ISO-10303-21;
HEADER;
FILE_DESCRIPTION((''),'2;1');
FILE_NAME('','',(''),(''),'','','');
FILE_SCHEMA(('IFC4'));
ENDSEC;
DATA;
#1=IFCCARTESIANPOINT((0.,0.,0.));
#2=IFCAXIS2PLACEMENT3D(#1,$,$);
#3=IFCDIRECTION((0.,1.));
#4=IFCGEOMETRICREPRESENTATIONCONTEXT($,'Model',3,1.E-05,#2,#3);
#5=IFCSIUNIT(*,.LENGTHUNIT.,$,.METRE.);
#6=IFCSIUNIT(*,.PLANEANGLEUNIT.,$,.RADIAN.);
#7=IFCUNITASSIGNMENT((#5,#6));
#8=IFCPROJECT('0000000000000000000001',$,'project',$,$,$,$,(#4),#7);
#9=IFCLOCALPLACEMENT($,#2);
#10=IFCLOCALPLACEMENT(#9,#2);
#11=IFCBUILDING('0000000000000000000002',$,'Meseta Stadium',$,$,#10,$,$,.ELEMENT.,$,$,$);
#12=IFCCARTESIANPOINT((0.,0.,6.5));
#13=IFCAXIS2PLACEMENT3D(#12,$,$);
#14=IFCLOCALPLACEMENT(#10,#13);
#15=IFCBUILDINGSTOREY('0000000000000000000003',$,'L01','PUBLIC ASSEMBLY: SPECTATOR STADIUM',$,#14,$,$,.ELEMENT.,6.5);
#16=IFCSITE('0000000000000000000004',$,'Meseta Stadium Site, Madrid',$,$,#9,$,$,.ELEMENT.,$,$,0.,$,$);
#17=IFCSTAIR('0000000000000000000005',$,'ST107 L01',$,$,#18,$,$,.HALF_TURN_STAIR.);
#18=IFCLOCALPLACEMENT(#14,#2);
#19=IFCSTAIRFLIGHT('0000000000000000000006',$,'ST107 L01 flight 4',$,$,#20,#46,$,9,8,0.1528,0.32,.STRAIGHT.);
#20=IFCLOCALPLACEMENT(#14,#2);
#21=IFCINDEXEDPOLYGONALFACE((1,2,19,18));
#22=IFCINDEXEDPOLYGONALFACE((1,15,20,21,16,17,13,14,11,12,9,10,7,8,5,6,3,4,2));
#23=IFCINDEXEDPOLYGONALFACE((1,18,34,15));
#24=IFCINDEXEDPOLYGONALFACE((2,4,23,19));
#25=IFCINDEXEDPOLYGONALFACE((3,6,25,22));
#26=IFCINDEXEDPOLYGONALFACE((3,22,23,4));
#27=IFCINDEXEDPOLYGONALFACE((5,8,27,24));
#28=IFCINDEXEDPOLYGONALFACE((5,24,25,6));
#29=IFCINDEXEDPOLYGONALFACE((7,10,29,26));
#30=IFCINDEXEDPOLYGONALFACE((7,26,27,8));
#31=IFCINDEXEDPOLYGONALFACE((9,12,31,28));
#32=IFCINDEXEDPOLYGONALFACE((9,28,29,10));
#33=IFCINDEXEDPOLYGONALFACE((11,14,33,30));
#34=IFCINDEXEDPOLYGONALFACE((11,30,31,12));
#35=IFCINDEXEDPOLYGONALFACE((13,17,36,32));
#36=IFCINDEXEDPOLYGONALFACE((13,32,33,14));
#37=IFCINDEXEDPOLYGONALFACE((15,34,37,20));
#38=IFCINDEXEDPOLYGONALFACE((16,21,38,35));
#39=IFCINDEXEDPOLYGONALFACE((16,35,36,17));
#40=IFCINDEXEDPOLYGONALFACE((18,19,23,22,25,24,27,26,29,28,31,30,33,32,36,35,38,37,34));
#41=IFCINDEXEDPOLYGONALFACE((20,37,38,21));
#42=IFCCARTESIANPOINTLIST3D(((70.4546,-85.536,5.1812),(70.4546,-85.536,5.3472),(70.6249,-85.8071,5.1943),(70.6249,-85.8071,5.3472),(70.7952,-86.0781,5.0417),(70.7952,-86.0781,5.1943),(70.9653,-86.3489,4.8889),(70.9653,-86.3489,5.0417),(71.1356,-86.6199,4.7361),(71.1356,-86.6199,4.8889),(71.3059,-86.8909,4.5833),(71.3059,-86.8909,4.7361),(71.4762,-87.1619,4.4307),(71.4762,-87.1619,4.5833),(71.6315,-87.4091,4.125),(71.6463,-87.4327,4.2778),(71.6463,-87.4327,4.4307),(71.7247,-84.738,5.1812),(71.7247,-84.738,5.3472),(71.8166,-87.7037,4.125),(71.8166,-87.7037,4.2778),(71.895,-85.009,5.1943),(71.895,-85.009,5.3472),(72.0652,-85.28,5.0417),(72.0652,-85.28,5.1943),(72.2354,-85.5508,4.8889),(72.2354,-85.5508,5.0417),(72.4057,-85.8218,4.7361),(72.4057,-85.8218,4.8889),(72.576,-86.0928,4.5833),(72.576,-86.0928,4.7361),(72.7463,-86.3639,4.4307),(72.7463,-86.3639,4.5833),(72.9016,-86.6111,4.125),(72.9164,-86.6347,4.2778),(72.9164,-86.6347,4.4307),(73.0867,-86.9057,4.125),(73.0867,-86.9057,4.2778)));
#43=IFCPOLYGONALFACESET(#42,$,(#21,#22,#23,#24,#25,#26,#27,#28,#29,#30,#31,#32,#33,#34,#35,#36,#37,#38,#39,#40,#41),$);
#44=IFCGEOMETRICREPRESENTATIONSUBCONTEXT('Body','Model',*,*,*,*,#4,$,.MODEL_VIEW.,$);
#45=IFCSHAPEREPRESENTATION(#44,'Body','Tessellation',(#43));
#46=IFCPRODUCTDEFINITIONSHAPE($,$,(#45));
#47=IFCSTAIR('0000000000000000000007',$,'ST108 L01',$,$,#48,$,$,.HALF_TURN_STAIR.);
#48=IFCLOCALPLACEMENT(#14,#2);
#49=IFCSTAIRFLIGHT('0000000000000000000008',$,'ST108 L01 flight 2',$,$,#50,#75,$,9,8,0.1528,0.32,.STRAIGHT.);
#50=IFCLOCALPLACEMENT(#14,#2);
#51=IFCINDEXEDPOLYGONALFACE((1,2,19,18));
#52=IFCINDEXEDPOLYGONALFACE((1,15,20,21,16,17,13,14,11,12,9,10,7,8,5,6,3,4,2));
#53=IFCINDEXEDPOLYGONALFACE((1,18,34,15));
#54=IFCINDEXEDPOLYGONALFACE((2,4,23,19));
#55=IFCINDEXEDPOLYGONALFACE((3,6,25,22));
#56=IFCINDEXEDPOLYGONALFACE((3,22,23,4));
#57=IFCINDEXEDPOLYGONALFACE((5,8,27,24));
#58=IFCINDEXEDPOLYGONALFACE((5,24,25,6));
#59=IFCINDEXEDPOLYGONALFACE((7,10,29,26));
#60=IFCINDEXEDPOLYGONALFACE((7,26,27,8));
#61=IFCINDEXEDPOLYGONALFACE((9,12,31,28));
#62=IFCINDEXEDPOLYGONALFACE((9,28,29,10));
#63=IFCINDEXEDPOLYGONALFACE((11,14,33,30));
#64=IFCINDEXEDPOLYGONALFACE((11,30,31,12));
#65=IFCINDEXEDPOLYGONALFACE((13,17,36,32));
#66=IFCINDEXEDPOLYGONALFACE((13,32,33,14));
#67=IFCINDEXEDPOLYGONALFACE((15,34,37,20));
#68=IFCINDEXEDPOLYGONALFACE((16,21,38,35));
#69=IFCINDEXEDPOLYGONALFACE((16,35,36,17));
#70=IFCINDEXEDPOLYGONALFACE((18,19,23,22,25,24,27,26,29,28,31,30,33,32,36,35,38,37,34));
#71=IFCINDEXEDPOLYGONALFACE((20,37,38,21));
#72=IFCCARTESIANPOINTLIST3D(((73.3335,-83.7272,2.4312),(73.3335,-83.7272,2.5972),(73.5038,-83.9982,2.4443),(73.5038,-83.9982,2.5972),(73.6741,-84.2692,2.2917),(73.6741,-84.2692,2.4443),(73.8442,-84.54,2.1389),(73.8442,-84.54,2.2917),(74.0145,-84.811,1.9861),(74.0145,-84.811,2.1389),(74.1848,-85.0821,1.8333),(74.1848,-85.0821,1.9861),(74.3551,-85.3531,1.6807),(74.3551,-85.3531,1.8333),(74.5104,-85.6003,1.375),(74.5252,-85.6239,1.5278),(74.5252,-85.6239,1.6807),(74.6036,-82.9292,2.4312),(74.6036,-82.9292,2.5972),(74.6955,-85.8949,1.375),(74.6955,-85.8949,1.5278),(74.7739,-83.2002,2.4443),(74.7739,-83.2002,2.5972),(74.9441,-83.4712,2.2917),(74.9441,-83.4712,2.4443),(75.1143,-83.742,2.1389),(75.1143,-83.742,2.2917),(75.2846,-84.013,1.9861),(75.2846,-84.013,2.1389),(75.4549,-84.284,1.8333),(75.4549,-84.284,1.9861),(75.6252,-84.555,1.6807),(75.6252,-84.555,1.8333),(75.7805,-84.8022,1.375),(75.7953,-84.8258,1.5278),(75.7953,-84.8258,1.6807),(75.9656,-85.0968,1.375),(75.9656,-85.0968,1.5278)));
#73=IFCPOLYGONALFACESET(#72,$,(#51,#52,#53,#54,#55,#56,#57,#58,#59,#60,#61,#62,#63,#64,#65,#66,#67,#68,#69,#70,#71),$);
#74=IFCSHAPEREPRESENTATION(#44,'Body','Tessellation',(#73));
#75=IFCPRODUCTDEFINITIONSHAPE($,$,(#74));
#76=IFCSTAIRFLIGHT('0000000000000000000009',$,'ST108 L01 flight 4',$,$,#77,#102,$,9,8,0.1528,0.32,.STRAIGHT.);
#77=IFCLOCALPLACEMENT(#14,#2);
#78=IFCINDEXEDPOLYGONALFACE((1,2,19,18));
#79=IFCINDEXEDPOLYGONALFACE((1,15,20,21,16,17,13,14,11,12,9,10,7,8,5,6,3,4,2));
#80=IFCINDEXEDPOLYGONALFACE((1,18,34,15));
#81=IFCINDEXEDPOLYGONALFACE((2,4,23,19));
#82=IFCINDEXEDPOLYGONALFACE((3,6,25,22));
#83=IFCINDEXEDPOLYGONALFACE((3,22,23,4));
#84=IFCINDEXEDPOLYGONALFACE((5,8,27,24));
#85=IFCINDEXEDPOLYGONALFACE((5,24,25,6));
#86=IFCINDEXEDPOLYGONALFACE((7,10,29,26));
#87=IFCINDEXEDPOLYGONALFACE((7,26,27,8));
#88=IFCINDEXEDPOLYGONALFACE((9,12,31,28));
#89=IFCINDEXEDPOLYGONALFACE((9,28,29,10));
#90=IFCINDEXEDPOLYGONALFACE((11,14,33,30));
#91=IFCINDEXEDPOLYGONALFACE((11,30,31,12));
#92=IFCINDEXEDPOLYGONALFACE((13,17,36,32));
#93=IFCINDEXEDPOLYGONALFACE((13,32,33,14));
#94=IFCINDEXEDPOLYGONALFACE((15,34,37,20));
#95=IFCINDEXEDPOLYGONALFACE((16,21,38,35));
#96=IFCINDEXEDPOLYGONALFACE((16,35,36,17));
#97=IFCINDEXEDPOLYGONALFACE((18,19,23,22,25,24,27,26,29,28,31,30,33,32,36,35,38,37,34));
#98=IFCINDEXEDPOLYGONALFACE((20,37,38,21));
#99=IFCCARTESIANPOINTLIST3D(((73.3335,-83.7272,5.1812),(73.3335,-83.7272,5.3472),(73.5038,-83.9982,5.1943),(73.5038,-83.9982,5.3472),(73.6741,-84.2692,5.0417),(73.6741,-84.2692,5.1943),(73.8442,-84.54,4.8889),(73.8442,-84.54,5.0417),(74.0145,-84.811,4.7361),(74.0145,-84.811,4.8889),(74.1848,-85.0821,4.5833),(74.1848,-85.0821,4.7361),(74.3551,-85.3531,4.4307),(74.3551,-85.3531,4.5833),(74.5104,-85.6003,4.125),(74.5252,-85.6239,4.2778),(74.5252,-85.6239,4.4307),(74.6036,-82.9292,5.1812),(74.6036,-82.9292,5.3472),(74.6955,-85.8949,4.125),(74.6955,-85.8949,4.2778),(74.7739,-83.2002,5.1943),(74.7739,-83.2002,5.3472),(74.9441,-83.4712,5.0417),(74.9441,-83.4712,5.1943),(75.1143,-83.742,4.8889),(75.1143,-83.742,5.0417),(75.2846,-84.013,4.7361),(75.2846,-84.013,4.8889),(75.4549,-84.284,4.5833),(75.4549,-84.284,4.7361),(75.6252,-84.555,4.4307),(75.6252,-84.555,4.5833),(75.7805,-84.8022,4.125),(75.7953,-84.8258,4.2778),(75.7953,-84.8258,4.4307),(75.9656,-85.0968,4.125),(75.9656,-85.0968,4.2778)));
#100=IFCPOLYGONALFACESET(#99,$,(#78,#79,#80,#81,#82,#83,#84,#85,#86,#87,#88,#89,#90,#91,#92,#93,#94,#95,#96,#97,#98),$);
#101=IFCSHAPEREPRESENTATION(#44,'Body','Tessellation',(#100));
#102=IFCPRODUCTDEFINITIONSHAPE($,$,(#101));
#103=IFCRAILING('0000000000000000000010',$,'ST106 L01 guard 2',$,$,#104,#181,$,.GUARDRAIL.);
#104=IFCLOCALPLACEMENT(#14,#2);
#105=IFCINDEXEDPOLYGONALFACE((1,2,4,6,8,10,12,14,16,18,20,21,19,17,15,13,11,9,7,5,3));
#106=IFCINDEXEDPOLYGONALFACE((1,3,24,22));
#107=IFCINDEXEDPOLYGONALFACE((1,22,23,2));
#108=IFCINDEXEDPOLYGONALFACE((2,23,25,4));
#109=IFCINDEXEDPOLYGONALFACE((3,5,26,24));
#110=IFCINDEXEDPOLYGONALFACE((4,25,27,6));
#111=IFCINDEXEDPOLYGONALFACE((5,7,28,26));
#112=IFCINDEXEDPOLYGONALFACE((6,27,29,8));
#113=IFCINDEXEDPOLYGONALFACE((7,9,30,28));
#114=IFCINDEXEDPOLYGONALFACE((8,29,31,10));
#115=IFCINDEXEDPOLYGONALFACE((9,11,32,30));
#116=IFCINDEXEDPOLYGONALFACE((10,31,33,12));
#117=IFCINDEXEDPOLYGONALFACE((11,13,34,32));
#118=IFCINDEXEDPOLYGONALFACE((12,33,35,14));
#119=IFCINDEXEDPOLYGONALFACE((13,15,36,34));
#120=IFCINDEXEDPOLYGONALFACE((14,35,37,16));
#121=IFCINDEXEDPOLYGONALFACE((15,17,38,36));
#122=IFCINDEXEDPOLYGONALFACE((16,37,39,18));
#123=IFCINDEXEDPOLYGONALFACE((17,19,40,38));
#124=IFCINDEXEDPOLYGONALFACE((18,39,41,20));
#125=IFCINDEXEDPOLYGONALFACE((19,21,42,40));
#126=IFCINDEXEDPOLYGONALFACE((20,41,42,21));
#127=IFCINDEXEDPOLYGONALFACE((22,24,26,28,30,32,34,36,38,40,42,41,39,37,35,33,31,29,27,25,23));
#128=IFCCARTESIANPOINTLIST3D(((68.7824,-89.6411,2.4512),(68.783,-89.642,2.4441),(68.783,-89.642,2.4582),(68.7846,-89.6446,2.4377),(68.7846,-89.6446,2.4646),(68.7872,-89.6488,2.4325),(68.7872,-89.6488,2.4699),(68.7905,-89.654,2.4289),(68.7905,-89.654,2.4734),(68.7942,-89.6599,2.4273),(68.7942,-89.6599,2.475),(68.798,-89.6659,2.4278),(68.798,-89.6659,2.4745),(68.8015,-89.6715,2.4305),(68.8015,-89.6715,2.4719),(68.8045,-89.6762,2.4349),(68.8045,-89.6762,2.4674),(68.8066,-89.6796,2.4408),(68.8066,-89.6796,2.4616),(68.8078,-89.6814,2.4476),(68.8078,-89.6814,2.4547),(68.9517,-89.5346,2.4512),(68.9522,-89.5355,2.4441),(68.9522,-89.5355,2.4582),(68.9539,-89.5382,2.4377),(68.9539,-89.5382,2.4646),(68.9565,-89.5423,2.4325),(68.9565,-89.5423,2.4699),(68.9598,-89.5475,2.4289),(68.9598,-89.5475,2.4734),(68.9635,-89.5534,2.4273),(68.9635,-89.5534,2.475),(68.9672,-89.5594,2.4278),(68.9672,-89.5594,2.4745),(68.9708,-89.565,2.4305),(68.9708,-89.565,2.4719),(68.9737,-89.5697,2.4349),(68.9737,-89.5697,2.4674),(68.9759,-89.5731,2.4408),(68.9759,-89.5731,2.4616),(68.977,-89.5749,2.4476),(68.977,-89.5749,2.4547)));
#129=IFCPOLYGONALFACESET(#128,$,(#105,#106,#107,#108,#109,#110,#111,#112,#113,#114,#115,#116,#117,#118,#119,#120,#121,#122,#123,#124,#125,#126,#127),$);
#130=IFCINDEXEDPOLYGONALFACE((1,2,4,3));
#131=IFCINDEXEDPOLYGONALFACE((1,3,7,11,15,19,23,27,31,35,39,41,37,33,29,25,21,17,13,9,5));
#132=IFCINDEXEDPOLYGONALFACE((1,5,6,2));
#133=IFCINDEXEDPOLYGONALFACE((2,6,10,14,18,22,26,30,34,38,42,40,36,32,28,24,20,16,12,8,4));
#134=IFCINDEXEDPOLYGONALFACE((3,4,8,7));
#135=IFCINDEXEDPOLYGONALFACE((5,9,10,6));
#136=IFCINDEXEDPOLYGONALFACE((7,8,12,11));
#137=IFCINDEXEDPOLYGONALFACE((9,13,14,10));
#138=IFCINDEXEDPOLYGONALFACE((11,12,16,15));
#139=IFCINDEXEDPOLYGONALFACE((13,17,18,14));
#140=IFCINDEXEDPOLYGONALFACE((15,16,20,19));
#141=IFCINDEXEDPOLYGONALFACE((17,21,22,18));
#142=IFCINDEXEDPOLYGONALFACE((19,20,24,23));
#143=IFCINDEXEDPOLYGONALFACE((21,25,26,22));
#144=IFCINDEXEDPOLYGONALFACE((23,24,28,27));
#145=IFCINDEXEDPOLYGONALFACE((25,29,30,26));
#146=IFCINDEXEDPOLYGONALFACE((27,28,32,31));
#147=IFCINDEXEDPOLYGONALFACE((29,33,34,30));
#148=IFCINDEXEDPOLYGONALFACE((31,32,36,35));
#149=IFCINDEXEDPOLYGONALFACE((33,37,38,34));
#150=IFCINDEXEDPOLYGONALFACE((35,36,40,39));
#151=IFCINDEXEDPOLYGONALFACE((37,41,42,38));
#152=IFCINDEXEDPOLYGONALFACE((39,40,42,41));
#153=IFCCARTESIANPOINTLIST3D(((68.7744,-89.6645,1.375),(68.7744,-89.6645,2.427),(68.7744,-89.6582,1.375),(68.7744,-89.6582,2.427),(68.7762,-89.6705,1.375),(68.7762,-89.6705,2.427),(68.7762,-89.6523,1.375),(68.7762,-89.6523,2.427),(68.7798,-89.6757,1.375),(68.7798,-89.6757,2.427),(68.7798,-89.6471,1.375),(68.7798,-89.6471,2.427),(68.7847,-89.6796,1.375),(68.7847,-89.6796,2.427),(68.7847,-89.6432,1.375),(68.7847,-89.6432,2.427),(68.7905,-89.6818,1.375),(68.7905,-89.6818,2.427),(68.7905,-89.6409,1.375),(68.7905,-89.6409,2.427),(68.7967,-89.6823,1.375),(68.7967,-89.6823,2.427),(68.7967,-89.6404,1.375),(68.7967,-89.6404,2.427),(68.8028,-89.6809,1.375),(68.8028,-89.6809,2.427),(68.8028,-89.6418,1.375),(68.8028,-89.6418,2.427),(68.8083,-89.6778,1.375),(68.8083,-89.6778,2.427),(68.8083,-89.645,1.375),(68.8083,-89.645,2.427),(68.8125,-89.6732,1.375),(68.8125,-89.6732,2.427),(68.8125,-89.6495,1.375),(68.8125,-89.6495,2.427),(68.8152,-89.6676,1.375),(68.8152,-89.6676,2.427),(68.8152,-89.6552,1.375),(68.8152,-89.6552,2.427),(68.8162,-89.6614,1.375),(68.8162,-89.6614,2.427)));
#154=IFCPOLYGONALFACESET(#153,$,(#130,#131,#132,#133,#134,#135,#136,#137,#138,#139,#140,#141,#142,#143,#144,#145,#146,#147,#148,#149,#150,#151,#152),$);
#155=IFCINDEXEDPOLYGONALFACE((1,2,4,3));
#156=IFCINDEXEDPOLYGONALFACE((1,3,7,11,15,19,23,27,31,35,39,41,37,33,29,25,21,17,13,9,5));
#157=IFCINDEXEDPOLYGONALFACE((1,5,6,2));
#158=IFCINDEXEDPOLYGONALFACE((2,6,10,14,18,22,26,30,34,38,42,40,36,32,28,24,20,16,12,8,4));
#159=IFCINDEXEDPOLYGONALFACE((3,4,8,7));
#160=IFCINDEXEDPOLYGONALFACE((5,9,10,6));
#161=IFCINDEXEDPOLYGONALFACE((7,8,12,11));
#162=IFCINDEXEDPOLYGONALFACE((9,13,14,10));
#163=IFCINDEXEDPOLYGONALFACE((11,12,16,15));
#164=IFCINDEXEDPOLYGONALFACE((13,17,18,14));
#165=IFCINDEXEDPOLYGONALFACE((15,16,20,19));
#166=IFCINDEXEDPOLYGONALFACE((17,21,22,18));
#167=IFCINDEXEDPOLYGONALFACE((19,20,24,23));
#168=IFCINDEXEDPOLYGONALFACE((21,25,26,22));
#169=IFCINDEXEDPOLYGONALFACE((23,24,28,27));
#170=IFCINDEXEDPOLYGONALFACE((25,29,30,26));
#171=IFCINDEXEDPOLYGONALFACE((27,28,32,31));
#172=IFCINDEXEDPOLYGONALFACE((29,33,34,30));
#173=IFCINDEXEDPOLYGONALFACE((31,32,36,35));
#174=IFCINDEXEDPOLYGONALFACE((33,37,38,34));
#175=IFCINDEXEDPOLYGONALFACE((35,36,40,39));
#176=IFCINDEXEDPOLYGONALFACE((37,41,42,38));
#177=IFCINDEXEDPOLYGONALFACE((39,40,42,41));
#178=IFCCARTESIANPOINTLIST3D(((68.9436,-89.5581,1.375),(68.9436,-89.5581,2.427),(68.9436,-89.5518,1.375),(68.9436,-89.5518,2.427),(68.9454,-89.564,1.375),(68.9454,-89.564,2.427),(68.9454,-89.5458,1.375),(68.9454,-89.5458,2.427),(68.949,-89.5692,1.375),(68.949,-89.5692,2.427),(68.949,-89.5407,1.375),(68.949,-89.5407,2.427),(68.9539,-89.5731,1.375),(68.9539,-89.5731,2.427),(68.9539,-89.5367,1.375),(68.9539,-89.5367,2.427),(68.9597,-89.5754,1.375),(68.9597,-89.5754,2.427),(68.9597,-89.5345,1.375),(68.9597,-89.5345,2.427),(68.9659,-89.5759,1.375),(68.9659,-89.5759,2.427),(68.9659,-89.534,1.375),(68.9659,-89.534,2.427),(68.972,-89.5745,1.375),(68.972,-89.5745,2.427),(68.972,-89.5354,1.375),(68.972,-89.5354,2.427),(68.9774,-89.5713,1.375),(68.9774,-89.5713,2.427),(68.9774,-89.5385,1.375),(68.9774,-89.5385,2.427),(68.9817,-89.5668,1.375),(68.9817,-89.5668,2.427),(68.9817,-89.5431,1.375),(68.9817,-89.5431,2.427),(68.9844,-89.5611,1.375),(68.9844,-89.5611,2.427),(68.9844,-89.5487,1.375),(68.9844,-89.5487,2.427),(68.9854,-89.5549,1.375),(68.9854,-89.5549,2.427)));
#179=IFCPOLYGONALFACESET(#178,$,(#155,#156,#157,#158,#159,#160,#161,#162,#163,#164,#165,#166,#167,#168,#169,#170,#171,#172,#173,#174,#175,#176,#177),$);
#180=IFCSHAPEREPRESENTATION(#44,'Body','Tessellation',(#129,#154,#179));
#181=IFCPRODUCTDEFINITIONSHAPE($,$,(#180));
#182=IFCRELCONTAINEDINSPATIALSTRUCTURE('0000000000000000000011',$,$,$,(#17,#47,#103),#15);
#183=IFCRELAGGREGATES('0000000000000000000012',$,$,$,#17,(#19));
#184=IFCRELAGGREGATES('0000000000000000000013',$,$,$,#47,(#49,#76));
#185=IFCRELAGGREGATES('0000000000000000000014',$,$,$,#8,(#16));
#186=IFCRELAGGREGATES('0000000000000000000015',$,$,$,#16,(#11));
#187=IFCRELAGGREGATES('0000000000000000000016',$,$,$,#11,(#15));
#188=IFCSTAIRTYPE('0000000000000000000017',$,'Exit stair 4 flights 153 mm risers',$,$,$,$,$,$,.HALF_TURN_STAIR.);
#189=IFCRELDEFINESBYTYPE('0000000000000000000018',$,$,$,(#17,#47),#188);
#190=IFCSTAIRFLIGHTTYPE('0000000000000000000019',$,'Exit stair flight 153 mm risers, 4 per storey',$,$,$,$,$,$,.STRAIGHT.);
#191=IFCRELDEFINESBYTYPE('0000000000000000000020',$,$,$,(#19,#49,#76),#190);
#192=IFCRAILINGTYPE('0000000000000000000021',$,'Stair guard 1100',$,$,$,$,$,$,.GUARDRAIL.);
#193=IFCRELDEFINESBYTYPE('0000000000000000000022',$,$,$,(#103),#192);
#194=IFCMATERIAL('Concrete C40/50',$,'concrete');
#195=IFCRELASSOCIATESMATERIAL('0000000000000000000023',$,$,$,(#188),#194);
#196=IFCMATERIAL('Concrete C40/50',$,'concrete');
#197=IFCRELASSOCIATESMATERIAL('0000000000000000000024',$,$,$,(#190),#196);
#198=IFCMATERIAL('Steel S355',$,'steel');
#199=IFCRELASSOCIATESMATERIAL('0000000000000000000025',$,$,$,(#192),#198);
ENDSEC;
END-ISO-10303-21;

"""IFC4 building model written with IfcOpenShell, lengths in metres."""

from ifc_helpers import new_model, si_unit, direction, frame, origin, origin_2d, place, context, subcontext, project, spatial, polyline, circle, outline, extrude, material, type_object, element, aggregate, save


model = new_model("IFC4")

# Units and contexts
model_context = context("Model", 3, precision=1e-05, world=origin(), true_north=direction((0.0, 1.0)))
body_context = subcontext(model_context, "Body", "Model", "MODEL_VIEW")
ifc_project = project(units=[si_unit("LENGTHUNIT", "METRE"), si_unit("PLANEANGLEUNIT", "RADIAN")], contexts=[model_context])

# Site, building, storey
site_placement = place(None, origin())
site = spatial("IfcSite", under=ifc_project, at=site_placement, Name="Meseta Stadium Site, Madrid", CompositionType="ELEMENT", RefElevation=0.0)
building_placement = place(site_placement, origin())
building = spatial("IfcBuilding", under=site, at=building_placement, Name="Meseta Stadium", CompositionType="ELEMENT")
storey_placement = place(building_placement, frame((0.0, 0.0, 6.5)))
storey = spatial("IfcBuildingStorey", under=building, at=storey_placement, Name="L01", Description="PUBLIC ASSEMBLY: SPECTATOR STADIUM", CompositionType="ELEMENT", Elevation=6.5)

# Stairs, stair flights
ifc_material_1 = material(Name="Concrete C40/50", Category="concrete")
stair_type = type_object("IfcStairType", Name="Exit stair 4 flights 153 mm risers", PredefinedType="HALF_TURN_STAIR", material=ifc_material_1)
ifc_material_2 = material(Name="Concrete C40/50", Category="concrete")
stair_flight_type = type_object("IfcStairFlightType", Name="Exit stair flight 153 mm risers, 4 per storey", PredefinedType="STRAIGHT", material=ifc_material_2)
stair_1_placement = place(storey_placement, origin())
stair_1 = element("IfcStair", 1, at=stair_1_placement, inside=storey, type_object=stair_type, Name="ST107 L01", PredefinedType="HALF_TURN_STAIR")
stair_flight_1_placement = place(storey_placement, frame((72.4517, -87.3047, 4.125), z_axis=(0.0, 0.0, 1.0), x_axis=(-0.532032, 0.846724, 0.0)))
stair_flight_1 = element("IfcStairFlight", 2, at=stair_flight_1_placement, type_object=stair_flight_type, Name="ST107 L01 flight 4", NumberOfRisers=9, NumberOfTreads=8, PredefinedType="STRAIGHT", RiserHeight=0.1528, TreadLength=0.32, context=body_context, shape_type="SweptSolid", body=[
    extrude(outline(polyline([(0.0, 0.0), (0.0, 0.1528), (0.3201, 0.1528), (0.3201, 0.3057), (0.6399, 0.3057), (0.6399, 0.4583), (0.96, 0.4583), (0.96, 0.6111), (1.28, 0.6111), (1.28, 0.7639), (1.6001, 0.7639), (1.6001, 0.9167), (1.9199, 0.9167), (1.9199, 1.0693), (2.24, 1.0693), (2.24, 1.2222), (2.5601, 1.2222), (2.5601, 1.0562), (0.3479, 0.0), (0.0, 0.0)])), frame((0.0, 0.75, 0.0), z_axis=(0.0, -1.0, 0.0), x_axis=(1.0, 0.0, 0.0)), (0.0, 0.0, 1.0), 1.5),
])
aggregate(stair_1, [stair_flight_1])
stair_2_placement = place(storey_placement, origin())
stair_2 = element("IfcStair", 3, at=stair_2_placement, inside=storey, type_object=stair_type, Name="ST108 L01", PredefinedType="HALF_TURN_STAIR")
stair_flight_2_placement = place(storey_placement, frame((75.3306, -85.4958, 1.375), z_axis=(0.0, 0.0, 1.0), x_axis=(-0.532032, 0.846724, 0.0)))
stair_flight_2 = element("IfcStairFlight", 4, at=stair_flight_2_placement, type_object=stair_flight_type, Name="ST108 L01 flight 2", NumberOfRisers=9, NumberOfTreads=8, PredefinedType="STRAIGHT", RiserHeight=0.1528, TreadLength=0.32, context=body_context, shape_type="SweptSolid", body=[
    extrude(outline(polyline([(0.0, 0.0), (0.0, 0.1528), (0.3201, 0.1528), (0.3201, 0.3057), (0.6399, 0.3057), (0.6399, 0.4583), (0.96, 0.4583), (0.96, 0.6111), (1.28, 0.6111), (1.28, 0.7639), (1.6001, 0.7639), (1.6001, 0.9167), (1.9199, 0.9167), (1.9199, 1.0693), (2.24, 1.0693), (2.24, 1.2222), (2.5601, 1.2222), (2.5601, 1.0562), (0.3479, 0.0), (0.0, 0.0)])), frame((0.0, 0.75, 0.0), z_axis=(0.0, -1.0, 0.0), x_axis=(1.0, 0.0, 0.0)), (0.0, 0.0, 1.0), 1.5),
])
stair_flight_3_placement = place(storey_placement, frame((75.3306, -85.4958, 4.125), z_axis=(0.0, 0.0, 1.0), x_axis=(-0.532032, 0.846724, 0.0)))
stair_flight_3 = element("IfcStairFlight", 5, at=stair_flight_3_placement, type_object=stair_flight_type, Name="ST108 L01 flight 4", NumberOfRisers=9, NumberOfTreads=8, PredefinedType="STRAIGHT", RiserHeight=0.1528, TreadLength=0.32, context=body_context, shape_type="SweptSolid", body=[
    extrude(outline(polyline([(0.0, 0.0), (0.0, 0.1528), (0.3201, 0.1528), (0.3201, 0.3057), (0.6399, 0.3057), (0.6399, 0.4583), (0.96, 0.4583), (0.96, 0.6111), (1.28, 0.6111), (1.28, 0.7639), (1.6001, 0.7639), (1.6001, 0.9167), (1.9199, 0.9167), (1.9199, 1.0693), (2.24, 1.0693), (2.24, 1.2222), (2.5601, 1.2222), (2.5601, 1.0562), (0.3479, 0.0), (0.0, 0.0)])), frame((0.0, 0.75, 0.0), z_axis=(0.0, -1.0, 0.0), x_axis=(1.0, 0.0, 0.0)), (0.0, 0.0, 1.0), 1.5),
])
aggregate(stair_2, [stair_flight_2, stair_flight_3])

# Railing
ifc_material_3 = material(Name="Steel S355", Category="steel")
railing_type_1 = type_object("IfcRailingType", Name="Stair guard 1100", PredefinedType="GUARDRAIL", material=ifc_material_3)
railing_1_placement = place(storey_placement, frame((68.7952, -89.6614, 1.375)))
element("IfcRailing", 6, at=railing_1_placement, inside=storey, type_object=railing_type_1, Name="ST106 L01 guard 2", PredefinedType="GUARDRAIL", context=body_context, shape_type="SweptSolid", body=[
    extrude(circle(Radius=0.0239, at=origin_2d()), frame((0.0, 0.0, 1.0762), z_axis=(0.846416, 0.532522, 0.0), x_axis=(-0.532522, 0.846416, 0.0)), (0.0, 0.0, 1.0), 0.2),
    extrude(circle(Radius=0.021, at=origin_2d()), origin(), (0.0, 0.0, 1.0), 1.052),
    extrude(circle(Radius=0.021, at=origin_2d()), frame((0.1692, 0.1064, 0.0)), (0.0, 0.0, 1.0), 1.052),
])

save(model, "model.ifc")
